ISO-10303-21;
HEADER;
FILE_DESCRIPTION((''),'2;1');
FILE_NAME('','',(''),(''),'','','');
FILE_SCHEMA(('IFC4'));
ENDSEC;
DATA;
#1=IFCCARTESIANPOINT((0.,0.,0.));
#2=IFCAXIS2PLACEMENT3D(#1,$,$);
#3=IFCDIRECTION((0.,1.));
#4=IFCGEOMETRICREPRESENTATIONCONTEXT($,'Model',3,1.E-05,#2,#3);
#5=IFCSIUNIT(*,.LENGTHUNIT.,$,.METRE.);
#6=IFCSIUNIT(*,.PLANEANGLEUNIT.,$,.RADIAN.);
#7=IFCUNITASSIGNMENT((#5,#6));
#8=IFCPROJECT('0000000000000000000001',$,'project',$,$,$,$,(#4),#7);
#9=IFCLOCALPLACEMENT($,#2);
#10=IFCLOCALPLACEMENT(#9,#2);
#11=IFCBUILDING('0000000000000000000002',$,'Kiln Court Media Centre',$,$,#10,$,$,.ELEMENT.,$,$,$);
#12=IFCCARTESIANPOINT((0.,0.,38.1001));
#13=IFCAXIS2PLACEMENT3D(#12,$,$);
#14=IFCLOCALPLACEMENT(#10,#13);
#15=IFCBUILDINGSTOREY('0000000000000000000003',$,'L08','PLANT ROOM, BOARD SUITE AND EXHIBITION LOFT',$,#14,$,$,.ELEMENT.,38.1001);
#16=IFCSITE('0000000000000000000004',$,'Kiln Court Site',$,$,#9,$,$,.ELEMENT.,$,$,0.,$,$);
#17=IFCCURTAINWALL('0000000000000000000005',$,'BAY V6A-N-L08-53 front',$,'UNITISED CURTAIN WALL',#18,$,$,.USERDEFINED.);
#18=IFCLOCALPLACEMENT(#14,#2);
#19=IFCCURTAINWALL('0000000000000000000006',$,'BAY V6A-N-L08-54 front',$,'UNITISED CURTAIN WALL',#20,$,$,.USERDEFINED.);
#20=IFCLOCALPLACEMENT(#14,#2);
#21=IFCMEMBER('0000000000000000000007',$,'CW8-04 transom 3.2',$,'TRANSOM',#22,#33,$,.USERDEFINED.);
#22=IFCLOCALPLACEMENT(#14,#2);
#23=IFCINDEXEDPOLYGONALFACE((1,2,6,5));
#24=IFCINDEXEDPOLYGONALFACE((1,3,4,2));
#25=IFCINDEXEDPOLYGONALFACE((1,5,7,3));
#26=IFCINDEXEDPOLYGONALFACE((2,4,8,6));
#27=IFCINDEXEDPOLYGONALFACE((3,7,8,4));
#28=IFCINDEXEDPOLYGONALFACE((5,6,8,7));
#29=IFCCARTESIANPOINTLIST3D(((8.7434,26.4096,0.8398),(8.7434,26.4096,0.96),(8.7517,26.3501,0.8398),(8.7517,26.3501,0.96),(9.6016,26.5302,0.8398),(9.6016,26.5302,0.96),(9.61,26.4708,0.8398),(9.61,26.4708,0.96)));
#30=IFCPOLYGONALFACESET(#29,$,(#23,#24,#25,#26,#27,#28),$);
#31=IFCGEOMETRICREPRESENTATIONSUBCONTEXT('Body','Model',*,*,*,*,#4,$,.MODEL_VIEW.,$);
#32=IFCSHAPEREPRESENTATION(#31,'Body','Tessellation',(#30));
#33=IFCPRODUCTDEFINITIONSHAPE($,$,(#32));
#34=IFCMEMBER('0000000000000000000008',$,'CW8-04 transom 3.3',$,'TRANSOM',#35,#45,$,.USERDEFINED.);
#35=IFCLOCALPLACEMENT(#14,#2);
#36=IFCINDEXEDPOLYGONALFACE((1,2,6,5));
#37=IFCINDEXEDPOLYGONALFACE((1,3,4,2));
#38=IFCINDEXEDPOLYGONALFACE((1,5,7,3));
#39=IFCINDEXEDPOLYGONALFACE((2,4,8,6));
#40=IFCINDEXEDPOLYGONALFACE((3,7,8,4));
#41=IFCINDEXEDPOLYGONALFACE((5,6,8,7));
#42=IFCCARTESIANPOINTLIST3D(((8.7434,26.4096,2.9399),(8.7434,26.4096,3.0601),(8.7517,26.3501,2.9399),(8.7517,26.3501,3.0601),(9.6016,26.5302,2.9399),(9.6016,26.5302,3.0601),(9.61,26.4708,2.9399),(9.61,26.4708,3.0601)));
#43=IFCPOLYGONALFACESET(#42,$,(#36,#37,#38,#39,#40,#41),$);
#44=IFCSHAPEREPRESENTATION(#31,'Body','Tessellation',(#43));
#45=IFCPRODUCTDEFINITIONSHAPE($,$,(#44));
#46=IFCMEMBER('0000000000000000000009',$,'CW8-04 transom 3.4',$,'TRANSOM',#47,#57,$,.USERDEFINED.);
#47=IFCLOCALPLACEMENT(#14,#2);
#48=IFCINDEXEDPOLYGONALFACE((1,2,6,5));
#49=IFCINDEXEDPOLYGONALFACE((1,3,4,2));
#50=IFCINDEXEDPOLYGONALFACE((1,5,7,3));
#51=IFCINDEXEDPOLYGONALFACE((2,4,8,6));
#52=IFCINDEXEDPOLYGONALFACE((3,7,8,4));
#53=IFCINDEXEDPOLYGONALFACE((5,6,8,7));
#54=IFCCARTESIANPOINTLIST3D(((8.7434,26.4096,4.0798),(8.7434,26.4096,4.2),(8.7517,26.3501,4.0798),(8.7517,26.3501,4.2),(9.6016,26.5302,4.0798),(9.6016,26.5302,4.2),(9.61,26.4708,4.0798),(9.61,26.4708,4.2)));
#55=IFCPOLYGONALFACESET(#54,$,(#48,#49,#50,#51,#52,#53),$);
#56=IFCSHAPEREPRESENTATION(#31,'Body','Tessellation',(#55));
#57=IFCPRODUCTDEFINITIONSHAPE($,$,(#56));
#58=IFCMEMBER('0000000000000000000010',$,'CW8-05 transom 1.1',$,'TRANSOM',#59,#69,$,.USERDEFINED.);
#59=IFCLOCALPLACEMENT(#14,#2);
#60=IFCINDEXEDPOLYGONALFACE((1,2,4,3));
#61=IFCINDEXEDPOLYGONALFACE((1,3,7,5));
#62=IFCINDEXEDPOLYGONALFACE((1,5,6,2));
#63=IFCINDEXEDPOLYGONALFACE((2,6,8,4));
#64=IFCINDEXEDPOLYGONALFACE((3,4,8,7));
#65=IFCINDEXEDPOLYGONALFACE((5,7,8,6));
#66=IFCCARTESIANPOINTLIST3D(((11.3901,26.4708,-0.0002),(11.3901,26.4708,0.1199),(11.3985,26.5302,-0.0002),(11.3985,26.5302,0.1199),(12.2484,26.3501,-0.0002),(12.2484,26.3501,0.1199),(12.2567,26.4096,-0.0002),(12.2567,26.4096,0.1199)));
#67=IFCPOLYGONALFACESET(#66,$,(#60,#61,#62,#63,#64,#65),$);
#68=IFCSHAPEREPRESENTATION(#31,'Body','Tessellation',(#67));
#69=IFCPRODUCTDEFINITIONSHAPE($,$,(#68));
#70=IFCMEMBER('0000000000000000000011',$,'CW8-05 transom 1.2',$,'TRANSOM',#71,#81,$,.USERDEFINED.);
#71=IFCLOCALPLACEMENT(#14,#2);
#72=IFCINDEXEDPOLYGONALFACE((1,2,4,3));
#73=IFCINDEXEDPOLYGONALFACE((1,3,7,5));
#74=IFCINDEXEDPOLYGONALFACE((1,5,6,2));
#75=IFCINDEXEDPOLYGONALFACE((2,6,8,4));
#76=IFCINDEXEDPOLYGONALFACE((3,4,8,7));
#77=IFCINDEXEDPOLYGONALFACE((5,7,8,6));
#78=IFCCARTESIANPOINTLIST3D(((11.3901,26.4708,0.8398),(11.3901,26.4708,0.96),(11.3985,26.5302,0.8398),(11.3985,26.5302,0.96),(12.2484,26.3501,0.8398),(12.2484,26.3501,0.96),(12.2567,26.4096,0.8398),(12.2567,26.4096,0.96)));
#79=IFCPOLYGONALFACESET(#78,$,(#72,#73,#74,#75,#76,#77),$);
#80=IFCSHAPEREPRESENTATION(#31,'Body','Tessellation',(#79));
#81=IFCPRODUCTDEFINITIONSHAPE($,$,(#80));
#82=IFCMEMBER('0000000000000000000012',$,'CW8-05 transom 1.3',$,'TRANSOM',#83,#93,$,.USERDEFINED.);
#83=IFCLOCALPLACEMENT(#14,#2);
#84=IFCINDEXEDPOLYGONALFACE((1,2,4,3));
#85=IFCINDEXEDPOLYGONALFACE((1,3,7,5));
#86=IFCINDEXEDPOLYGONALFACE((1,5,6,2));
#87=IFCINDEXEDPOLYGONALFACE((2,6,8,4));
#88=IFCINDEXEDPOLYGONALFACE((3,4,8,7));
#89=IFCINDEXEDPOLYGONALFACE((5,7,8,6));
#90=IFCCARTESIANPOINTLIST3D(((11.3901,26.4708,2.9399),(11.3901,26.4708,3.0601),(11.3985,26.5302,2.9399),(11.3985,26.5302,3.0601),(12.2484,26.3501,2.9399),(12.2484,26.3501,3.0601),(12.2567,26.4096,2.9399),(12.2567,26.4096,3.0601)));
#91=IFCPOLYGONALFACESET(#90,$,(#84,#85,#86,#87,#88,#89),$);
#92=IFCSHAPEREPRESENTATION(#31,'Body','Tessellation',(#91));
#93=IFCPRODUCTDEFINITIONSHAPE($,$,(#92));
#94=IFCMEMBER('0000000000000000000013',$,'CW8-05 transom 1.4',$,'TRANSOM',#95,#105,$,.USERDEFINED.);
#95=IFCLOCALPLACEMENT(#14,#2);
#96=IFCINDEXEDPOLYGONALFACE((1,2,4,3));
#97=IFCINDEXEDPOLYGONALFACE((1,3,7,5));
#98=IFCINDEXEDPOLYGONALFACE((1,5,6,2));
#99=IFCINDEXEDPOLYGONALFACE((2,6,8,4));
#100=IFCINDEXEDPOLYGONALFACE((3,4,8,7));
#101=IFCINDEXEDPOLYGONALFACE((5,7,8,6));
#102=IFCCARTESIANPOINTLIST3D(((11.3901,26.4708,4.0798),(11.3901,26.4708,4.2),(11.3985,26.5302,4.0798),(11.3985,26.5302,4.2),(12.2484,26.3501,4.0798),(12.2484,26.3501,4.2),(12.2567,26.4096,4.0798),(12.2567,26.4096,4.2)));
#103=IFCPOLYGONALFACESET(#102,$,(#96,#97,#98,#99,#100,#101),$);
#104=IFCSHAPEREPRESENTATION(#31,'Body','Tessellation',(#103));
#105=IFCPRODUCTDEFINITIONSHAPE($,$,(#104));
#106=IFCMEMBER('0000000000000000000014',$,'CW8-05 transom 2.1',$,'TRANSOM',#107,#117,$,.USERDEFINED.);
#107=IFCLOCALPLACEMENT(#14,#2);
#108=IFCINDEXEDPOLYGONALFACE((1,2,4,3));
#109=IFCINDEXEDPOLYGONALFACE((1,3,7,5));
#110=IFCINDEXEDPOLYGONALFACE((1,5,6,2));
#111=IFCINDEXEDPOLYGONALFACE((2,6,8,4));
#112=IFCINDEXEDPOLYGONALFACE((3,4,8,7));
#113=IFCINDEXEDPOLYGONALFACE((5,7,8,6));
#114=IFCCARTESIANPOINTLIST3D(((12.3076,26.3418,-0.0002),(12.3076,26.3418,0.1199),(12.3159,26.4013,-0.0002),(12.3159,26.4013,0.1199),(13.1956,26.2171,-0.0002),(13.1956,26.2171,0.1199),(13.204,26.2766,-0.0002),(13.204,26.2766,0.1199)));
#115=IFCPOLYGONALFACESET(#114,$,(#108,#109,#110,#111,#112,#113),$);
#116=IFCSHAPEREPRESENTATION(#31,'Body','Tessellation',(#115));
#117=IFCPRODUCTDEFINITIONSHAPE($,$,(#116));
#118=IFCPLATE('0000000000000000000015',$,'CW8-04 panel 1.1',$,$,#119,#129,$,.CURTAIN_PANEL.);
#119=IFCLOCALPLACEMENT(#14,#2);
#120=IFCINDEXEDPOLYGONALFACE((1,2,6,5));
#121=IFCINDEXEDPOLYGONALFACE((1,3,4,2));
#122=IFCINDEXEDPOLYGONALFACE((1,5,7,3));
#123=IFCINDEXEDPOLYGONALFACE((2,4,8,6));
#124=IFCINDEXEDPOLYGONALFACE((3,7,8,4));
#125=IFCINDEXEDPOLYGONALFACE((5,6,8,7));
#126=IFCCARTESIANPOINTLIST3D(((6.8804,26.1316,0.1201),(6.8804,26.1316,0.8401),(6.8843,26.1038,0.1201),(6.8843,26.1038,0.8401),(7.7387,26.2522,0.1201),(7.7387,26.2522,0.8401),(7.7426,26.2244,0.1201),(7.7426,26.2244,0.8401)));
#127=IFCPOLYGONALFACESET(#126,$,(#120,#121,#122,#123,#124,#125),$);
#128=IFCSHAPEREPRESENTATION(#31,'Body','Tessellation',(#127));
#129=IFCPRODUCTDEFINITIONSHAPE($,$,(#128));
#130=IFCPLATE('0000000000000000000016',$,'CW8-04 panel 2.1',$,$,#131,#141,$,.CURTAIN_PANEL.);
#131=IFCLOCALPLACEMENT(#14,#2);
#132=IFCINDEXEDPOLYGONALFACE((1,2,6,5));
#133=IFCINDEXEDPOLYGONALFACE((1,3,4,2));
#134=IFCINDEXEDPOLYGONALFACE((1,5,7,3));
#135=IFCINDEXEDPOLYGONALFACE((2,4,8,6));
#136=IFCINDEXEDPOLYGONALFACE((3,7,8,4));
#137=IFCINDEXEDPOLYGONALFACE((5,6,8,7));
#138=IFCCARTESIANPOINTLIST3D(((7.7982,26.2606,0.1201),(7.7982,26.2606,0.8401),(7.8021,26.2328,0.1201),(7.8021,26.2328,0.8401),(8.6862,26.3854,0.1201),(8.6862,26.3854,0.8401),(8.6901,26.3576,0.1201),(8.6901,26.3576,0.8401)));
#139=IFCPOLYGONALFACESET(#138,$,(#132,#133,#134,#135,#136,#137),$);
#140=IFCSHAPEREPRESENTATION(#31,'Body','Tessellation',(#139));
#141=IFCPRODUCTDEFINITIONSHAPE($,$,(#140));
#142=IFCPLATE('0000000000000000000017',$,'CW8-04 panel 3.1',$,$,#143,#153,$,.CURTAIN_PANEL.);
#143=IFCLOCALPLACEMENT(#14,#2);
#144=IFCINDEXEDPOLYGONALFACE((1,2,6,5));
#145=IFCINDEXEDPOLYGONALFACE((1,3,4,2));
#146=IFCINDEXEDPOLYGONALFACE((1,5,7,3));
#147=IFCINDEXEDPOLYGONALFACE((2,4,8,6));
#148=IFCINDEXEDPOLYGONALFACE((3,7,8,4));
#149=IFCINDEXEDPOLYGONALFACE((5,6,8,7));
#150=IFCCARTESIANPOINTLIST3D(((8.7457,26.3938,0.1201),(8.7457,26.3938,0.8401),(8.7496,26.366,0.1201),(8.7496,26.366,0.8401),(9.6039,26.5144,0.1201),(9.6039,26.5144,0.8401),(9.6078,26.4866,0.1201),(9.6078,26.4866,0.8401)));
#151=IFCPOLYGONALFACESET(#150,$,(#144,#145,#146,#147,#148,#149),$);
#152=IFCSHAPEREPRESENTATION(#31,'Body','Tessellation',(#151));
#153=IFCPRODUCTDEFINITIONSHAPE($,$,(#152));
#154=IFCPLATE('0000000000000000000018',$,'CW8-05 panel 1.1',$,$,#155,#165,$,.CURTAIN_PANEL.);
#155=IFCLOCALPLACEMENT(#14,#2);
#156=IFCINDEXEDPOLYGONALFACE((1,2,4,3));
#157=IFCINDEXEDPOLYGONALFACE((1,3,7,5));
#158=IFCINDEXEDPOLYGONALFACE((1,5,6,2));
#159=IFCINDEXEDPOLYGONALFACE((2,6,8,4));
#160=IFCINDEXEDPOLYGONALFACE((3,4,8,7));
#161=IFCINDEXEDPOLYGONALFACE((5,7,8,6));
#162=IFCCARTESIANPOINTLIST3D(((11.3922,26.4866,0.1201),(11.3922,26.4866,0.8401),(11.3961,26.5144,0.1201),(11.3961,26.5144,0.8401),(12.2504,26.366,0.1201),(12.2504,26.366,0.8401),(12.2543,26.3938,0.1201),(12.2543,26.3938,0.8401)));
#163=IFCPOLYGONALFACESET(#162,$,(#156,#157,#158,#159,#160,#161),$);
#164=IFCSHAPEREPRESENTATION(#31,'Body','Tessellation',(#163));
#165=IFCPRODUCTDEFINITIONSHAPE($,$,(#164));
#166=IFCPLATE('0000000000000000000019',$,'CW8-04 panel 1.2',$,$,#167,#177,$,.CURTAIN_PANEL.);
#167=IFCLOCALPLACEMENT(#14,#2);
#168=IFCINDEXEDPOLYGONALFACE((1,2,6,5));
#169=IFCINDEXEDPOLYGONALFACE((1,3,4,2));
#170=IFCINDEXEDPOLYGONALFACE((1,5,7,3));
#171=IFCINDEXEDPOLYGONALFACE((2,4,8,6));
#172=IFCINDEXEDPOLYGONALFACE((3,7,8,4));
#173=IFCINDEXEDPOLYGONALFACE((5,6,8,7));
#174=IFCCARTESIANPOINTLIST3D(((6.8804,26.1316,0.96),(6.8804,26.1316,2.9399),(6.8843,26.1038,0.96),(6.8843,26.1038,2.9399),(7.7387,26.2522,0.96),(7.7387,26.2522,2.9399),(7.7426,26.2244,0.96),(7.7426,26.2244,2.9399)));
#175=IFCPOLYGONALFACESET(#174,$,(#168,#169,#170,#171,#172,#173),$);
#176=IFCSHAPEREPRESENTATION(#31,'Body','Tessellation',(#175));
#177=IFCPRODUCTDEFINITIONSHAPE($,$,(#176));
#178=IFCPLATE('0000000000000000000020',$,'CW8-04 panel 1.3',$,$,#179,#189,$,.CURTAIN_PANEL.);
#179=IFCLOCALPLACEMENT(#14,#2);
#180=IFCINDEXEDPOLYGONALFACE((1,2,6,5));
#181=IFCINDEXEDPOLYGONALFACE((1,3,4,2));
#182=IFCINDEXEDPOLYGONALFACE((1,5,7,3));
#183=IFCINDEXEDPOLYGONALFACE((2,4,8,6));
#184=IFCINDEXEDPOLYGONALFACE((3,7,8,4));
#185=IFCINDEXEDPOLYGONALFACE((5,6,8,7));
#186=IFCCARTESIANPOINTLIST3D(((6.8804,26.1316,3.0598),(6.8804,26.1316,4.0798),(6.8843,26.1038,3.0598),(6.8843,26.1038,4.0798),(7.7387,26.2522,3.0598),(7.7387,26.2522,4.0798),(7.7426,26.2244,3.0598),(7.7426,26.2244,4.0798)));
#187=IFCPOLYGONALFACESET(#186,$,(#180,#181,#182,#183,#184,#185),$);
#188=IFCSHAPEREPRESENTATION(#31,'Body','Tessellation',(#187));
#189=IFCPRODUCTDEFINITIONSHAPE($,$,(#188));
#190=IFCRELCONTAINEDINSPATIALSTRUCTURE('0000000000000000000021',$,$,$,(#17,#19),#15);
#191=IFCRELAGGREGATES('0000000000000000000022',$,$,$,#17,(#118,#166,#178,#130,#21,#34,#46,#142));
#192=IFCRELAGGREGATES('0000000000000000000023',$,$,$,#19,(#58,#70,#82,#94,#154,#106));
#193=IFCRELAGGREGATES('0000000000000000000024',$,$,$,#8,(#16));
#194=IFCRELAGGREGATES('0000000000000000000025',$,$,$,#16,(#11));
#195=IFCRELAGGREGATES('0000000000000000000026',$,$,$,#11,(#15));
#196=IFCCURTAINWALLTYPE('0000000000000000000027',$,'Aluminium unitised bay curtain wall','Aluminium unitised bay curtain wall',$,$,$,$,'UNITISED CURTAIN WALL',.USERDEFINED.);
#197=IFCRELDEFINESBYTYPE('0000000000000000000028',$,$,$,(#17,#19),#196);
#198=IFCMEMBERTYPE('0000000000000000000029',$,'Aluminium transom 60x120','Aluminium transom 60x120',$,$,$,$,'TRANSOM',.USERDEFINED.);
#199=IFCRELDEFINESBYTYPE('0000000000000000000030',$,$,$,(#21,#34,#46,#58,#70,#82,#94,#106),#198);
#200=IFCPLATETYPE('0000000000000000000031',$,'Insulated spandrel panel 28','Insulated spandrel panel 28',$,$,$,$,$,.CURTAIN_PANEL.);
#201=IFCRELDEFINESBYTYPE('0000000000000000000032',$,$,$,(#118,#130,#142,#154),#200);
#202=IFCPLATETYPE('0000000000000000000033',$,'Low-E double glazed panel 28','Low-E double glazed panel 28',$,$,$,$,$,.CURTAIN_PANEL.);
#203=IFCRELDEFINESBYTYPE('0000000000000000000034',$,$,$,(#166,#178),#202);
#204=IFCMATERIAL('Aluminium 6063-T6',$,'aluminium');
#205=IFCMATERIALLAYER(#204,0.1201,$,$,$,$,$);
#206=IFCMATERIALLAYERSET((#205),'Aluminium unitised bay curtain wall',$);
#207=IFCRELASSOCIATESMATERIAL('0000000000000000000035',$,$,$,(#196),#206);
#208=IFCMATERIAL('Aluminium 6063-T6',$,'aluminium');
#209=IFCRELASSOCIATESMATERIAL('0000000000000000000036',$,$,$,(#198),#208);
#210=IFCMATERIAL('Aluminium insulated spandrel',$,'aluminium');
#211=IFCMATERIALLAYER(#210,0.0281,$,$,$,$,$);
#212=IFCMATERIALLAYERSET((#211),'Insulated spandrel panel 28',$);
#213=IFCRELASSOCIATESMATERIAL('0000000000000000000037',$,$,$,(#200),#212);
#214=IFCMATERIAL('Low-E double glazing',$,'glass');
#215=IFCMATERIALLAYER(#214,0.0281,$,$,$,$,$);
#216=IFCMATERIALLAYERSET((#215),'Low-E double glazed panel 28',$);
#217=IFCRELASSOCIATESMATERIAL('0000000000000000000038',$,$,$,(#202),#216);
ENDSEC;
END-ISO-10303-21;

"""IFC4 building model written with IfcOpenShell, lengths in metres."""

from ifc_helpers import new_model, si_unit, direction, frame, origin, origin_2d, place, context, subcontext, project, spatial, rectangle, extrude, material, layer, layer_set, material_profile, profile_set, type_object, element, aggregate, save


model = new_model("IFC4")

# Units and contexts
model_context = context("Model", 3, precision=1e-05, world=origin(), true_north=direction((0.0, 1.0)))
body_context = subcontext(model_context, "Body", "Model", "MODEL_VIEW")
ifc_project = project(units=[si_unit("LENGTHUNIT", "METRE"), si_unit("PLANEANGLEUNIT", "RADIAN")], contexts=[model_context])

# Site, building, storey
site_placement = place(None, origin())
site = spatial("IfcSite", under=ifc_project, at=site_placement, Name="Kiln Court Site", CompositionType="ELEMENT", RefElevation=0.0)
building_placement = place(site_placement, origin())
building = spatial("IfcBuilding", under=site, at=building_placement, Name="Kiln Court Media Centre", CompositionType="ELEMENT")
storey_placement = place(building_placement, frame((0.0, 0.0, 38.1001)))
storey = spatial("IfcBuildingStorey", under=building, at=storey_placement, Name="L08", Description="PLANT ROOM, BOARD SUITE AND EXHIBITION LOFT", CompositionType="ELEMENT", Elevation=38.1001)

# Curtain walls
ifc_material_1 = material(Name="Aluminium 6063-T6", Category="aluminium")
ifc_layer_1 = layer(ifc_material_1, 0.1201)
ifc_layer_set_1 = layer_set([ifc_layer_1], Name="Aluminium unitised bay curtain wall")
curtain_wall_type = type_object("IfcCurtainWallType", Name="Aluminium unitised bay curtain wall", Description="Aluminium unitised bay curtain wall", ElementType="UNITISED CURTAIN WALL", PredefinedType="USERDEFINED", material=ifc_layer_set_1)
curtain_wall_1_placement = place(storey_placement, origin())
curtain_wall_1 = element("IfcCurtainWall", 1, at=curtain_wall_1_placement, inside=storey, type_object=curtain_wall_type, Name="BAY V6A-N-L08-53 front", ObjectType="UNITISED CURTAIN WALL", PredefinedType="USERDEFINED")
curtain_wall_2_placement = place(storey_placement, origin())
curtain_wall_2 = element("IfcCurtainWall", 2, at=curtain_wall_2_placement, inside=storey, type_object=curtain_wall_type, Name="BAY V6A-N-L08-54 front", ObjectType="UNITISED CURTAIN WALL", PredefinedType="USERDEFINED")

# Members
ifc_material_2 = material(Name="Aluminium 6063-T6", Category="aluminium")
ifc_material_profile_1 = material_profile(ifc_material_2, rectangle(XDim=0.0601, YDim=0.1201, at=origin_2d()), Name="Aluminium transom 60x120")
ifc_profile_set_1 = profile_set([ifc_material_profile_1], Name="Aluminium 6063-T6")
member_type_1 = type_object("IfcMemberType", Name="Aluminium transom 60x120", Description="Aluminium transom 60x120", ElementType="TRANSOM", PredefinedType="USERDEFINED", material=ifc_profile_set_1)
member_1_placement = place(storey_placement, frame((8.7476, 26.3799, 0.8999), z_axis=(0.990268, 0.139173, 0.0), x_axis=(-0.139173, 0.990268, 0.0)))
member_1 = element("IfcMember", 3, at=member_1_placement, type_object=member_type_1, Name="CW8-04 transom 3.2", ObjectType="TRANSOM", PredefinedType="USERDEFINED", context=body_context, shape_type="SweptSolid", body=[
    extrude(rectangle(XDim=0.0601, YDim=0.1201, at=origin_2d()), origin(), (0.0, 0.0, 1.0), 0.8667),
])
member_2_placement = place(storey_placement, frame((8.7476, 26.3799, 3.0), z_axis=(0.990268, 0.139173, 0.0), x_axis=(-0.139173, 0.990268, 0.0)))
member_2 = element("IfcMember", 4, at=member_2_placement, type_object=member_type_1, Name="CW8-04 transom 3.3", ObjectType="TRANSOM", PredefinedType="USERDEFINED", context=body_context, shape_type="SweptSolid", body=[
    extrude(rectangle(XDim=0.0601, YDim=0.1201, at=origin_2d()), origin(), (0.0, 0.0, 1.0), 0.8667),
])
member_3_placement = place(storey_placement, frame((8.7476, 26.3799, 4.1399), z_axis=(0.990268, 0.139173, 0.0), x_axis=(-0.139173, 0.990268, 0.0)))
member_3 = element("IfcMember", 5, at=member_3_placement, type_object=member_type_1, Name="CW8-04 transom 3.4", ObjectType="TRANSOM", PredefinedType="USERDEFINED", context=body_context, shape_type="SweptSolid", body=[
    extrude(rectangle(XDim=0.0601, YDim=0.1201, at=origin_2d()), origin(), (0.0, 0.0, 1.0), 0.8667),
])
member_4_placement = place(storey_placement, frame((11.3943, 26.5005, 0.0598), z_axis=(0.990268, -0.139173, 0.0), x_axis=(0.139173, 0.990268, 0.0)))
member_4 = element("IfcMember", 6, at=member_4_placement, type_object=member_type_1, Name="CW8-05 transom 1.1", ObjectType="TRANSOM", PredefinedType="USERDEFINED", context=body_context, shape_type="SweptSolid", body=[
    extrude(rectangle(XDim=0.0601, YDim=0.1201, at=origin_2d()), origin(), (0.0, 0.0, 1.0), 0.8667),
])
member_5_placement = place(storey_placement, frame((11.3943, 26.5005, 0.8999), z_axis=(0.990268, -0.139173, 0.0), x_axis=(0.139173, 0.990268, 0.0)))
member_5 = element("IfcMember", 7, at=member_5_placement, type_object=member_type_1, Name="CW8-05 transom 1.2", ObjectType="TRANSOM", PredefinedType="USERDEFINED", context=body_context, shape_type="SweptSolid", body=[
    extrude(rectangle(XDim=0.0601, YDim=0.1201, at=origin_2d()), origin(), (0.0, 0.0, 1.0), 0.8667),
])
member_6_placement = place(storey_placement, frame((11.3943, 26.5005, 3.0), z_axis=(0.990268, -0.139173, 0.0), x_axis=(0.139173, 0.990268, 0.0)))
member_6 = element("IfcMember", 8, at=member_6_placement, type_object=member_type_1, Name="CW8-05 transom 1.3", ObjectType="TRANSOM", PredefinedType="USERDEFINED", context=body_context, shape_type="SweptSolid", body=[
    extrude(rectangle(XDim=0.0601, YDim=0.1201, at=origin_2d()), origin(), (0.0, 0.0, 1.0), 0.8667),
])
member_7_placement = place(storey_placement, frame((11.3943, 26.5005, 4.1399), z_axis=(0.990268, -0.139173, 0.0), x_axis=(0.139173, 0.990268, 0.0)))
member_7 = element("IfcMember", 9, at=member_7_placement, type_object=member_type_1, Name="CW8-05 transom 1.4", ObjectType="TRANSOM", PredefinedType="USERDEFINED", context=body_context, shape_type="SweptSolid", body=[
    extrude(rectangle(XDim=0.0601, YDim=0.1201, at=origin_2d()), origin(), (0.0, 0.0, 1.0), 0.8667),
])
member_8_placement = place(storey_placement, frame((12.3118, 26.3716, 0.0598), z_axis=(0.990274, -0.139134, 0.0), x_axis=(0.139134, 0.990274, 0.0)))
member_8 = element("IfcMember", 10, at=member_8_placement, type_object=member_type_1, Name="CW8-05 transom 2.1", ObjectType="TRANSOM", PredefinedType="USERDEFINED", context=body_context, shape_type="SweptSolid", body=[
    extrude(rectangle(XDim=0.0601, YDim=0.1201, at=origin_2d()), origin(), (0.0, 0.0, 1.0), 0.8967),
])

# Plates
ifc_material_3 = material(Name="Aluminium insulated spandrel", Category="aluminium")
ifc_layer_2 = layer(ifc_material_3, 0.0281)
ifc_layer_set_2 = layer_set([ifc_layer_2], Name="Insulated spandrel panel 28")
plate_type_1 = type_object("IfcPlateType", Name="Insulated spandrel panel 28", Description="Insulated spandrel panel 28", PredefinedType="CURTAIN_PANEL", material=ifc_layer_set_2)
plate_1_placement = place(storey_placement, frame((7.3115, 26.178, 0.1201), z_axis=(0.0, 0.0, 1.0), x_axis=(0.99027, 0.139162, 0.0)))
plate_1 = element("IfcPlate", 11, at=plate_1_placement, type_object=plate_type_1, Name="CW8-04 panel 1.1", PredefinedType="CURTAIN_PANEL", context=body_context, shape_type="SweptSolid", body=[
    extrude(rectangle(XDim=0.8667, YDim=0.0281, at=origin_2d()), origin(), (0.0, 0.0, 1.0), 0.72),
])
plate_2_placement = place(storey_placement, frame((8.2441, 26.3091, 0.1201), z_axis=(0.0, 0.0, 1.0), x_axis=(0.99027, 0.139162, 0.0)))
plate_2 = element("IfcPlate", 12, at=plate_2_placement, type_object=plate_type_1, Name="CW8-04 panel 2.1", PredefinedType="CURTAIN_PANEL", context=body_context, shape_type="SweptSolid", body=[
    extrude(rectangle(XDim=0.8967, YDim=0.0281, at=origin_2d()), origin(), (0.0, 0.0, 1.0), 0.72),
])
plate_3_placement = place(storey_placement, frame((9.1768, 26.4402, 0.1201), z_axis=(0.0, 0.0, 1.0), x_axis=(0.99027, 0.139162, 0.0)))
plate_3 = element("IfcPlate", 13, at=plate_3_placement, type_object=plate_type_1, Name="CW8-04 panel 3.1", PredefinedType="CURTAIN_PANEL", context=body_context, shape_type="SweptSolid", body=[
    extrude(rectangle(XDim=0.8667, YDim=0.0281, at=origin_2d()), origin(), (0.0, 0.0, 1.0), 0.72),
])
plate_4_placement = place(storey_placement, frame((11.8232, 26.4402, 0.1201), z_axis=(0.0, 0.0, 1.0), x_axis=(0.99027, -0.139162, 0.0)))
plate_4 = element("IfcPlate", 14, at=plate_4_placement, type_object=plate_type_1, Name="CW8-05 panel 1.1", PredefinedType="CURTAIN_PANEL", context=body_context, shape_type="SweptSolid", body=[
    extrude(rectangle(XDim=0.8667, YDim=0.0281, at=origin_2d()), origin(), (0.0, 0.0, 1.0), 0.72),
])
ifc_material_4 = material(Name="Low-E double glazing", Category="glass")
ifc_layer_3 = layer(ifc_material_4, 0.0281)
ifc_layer_set_3 = layer_set([ifc_layer_3], Name="Low-E double glazed panel 28")
plate_type_2 = type_object("IfcPlateType", Name="Low-E double glazed panel 28", Description="Low-E double glazed panel 28", PredefinedType="CURTAIN_PANEL", material=ifc_layer_set_3)
plate_5_placement = place(storey_placement, frame((7.3115, 26.178, 0.96), z_axis=(0.0, 0.0, 1.0), x_axis=(0.99027, 0.139162, 0.0)))
plate_5 = element("IfcPlate", 15, at=plate_5_placement, type_object=plate_type_2, Name="CW8-04 panel 1.2", PredefinedType="CURTAIN_PANEL", context=body_context, shape_type="SweptSolid", body=[
    extrude(rectangle(XDim=0.8667, YDim=0.0281, at=origin_2d()), origin(), (0.0, 0.0, 1.0), 1.98),
])
plate_6_placement = place(storey_placement, frame((7.3115, 26.178, 3.0598), z_axis=(0.0, 0.0, 1.0), x_axis=(0.99027, 0.139162, 0.0)))
plate_6 = element("IfcPlate", 16, at=plate_6_placement, type_object=plate_type_2, Name="CW8-04 panel 1.3", PredefinedType="CURTAIN_PANEL", context=body_context, shape_type="SweptSolid", body=[
    extrude(rectangle(XDim=0.8667, YDim=0.0281, at=origin_2d()), origin(), (0.0, 0.0, 1.0), 1.02),
])
aggregate(curtain_wall_1, [plate_1, plate_5, plate_6, plate_2, member_1, member_2, member_3, plate_3])
aggregate(curtain_wall_2, [member_4, member_5, member_6, member_7, plate_4, member_8])

save(model, "model.ifc")
